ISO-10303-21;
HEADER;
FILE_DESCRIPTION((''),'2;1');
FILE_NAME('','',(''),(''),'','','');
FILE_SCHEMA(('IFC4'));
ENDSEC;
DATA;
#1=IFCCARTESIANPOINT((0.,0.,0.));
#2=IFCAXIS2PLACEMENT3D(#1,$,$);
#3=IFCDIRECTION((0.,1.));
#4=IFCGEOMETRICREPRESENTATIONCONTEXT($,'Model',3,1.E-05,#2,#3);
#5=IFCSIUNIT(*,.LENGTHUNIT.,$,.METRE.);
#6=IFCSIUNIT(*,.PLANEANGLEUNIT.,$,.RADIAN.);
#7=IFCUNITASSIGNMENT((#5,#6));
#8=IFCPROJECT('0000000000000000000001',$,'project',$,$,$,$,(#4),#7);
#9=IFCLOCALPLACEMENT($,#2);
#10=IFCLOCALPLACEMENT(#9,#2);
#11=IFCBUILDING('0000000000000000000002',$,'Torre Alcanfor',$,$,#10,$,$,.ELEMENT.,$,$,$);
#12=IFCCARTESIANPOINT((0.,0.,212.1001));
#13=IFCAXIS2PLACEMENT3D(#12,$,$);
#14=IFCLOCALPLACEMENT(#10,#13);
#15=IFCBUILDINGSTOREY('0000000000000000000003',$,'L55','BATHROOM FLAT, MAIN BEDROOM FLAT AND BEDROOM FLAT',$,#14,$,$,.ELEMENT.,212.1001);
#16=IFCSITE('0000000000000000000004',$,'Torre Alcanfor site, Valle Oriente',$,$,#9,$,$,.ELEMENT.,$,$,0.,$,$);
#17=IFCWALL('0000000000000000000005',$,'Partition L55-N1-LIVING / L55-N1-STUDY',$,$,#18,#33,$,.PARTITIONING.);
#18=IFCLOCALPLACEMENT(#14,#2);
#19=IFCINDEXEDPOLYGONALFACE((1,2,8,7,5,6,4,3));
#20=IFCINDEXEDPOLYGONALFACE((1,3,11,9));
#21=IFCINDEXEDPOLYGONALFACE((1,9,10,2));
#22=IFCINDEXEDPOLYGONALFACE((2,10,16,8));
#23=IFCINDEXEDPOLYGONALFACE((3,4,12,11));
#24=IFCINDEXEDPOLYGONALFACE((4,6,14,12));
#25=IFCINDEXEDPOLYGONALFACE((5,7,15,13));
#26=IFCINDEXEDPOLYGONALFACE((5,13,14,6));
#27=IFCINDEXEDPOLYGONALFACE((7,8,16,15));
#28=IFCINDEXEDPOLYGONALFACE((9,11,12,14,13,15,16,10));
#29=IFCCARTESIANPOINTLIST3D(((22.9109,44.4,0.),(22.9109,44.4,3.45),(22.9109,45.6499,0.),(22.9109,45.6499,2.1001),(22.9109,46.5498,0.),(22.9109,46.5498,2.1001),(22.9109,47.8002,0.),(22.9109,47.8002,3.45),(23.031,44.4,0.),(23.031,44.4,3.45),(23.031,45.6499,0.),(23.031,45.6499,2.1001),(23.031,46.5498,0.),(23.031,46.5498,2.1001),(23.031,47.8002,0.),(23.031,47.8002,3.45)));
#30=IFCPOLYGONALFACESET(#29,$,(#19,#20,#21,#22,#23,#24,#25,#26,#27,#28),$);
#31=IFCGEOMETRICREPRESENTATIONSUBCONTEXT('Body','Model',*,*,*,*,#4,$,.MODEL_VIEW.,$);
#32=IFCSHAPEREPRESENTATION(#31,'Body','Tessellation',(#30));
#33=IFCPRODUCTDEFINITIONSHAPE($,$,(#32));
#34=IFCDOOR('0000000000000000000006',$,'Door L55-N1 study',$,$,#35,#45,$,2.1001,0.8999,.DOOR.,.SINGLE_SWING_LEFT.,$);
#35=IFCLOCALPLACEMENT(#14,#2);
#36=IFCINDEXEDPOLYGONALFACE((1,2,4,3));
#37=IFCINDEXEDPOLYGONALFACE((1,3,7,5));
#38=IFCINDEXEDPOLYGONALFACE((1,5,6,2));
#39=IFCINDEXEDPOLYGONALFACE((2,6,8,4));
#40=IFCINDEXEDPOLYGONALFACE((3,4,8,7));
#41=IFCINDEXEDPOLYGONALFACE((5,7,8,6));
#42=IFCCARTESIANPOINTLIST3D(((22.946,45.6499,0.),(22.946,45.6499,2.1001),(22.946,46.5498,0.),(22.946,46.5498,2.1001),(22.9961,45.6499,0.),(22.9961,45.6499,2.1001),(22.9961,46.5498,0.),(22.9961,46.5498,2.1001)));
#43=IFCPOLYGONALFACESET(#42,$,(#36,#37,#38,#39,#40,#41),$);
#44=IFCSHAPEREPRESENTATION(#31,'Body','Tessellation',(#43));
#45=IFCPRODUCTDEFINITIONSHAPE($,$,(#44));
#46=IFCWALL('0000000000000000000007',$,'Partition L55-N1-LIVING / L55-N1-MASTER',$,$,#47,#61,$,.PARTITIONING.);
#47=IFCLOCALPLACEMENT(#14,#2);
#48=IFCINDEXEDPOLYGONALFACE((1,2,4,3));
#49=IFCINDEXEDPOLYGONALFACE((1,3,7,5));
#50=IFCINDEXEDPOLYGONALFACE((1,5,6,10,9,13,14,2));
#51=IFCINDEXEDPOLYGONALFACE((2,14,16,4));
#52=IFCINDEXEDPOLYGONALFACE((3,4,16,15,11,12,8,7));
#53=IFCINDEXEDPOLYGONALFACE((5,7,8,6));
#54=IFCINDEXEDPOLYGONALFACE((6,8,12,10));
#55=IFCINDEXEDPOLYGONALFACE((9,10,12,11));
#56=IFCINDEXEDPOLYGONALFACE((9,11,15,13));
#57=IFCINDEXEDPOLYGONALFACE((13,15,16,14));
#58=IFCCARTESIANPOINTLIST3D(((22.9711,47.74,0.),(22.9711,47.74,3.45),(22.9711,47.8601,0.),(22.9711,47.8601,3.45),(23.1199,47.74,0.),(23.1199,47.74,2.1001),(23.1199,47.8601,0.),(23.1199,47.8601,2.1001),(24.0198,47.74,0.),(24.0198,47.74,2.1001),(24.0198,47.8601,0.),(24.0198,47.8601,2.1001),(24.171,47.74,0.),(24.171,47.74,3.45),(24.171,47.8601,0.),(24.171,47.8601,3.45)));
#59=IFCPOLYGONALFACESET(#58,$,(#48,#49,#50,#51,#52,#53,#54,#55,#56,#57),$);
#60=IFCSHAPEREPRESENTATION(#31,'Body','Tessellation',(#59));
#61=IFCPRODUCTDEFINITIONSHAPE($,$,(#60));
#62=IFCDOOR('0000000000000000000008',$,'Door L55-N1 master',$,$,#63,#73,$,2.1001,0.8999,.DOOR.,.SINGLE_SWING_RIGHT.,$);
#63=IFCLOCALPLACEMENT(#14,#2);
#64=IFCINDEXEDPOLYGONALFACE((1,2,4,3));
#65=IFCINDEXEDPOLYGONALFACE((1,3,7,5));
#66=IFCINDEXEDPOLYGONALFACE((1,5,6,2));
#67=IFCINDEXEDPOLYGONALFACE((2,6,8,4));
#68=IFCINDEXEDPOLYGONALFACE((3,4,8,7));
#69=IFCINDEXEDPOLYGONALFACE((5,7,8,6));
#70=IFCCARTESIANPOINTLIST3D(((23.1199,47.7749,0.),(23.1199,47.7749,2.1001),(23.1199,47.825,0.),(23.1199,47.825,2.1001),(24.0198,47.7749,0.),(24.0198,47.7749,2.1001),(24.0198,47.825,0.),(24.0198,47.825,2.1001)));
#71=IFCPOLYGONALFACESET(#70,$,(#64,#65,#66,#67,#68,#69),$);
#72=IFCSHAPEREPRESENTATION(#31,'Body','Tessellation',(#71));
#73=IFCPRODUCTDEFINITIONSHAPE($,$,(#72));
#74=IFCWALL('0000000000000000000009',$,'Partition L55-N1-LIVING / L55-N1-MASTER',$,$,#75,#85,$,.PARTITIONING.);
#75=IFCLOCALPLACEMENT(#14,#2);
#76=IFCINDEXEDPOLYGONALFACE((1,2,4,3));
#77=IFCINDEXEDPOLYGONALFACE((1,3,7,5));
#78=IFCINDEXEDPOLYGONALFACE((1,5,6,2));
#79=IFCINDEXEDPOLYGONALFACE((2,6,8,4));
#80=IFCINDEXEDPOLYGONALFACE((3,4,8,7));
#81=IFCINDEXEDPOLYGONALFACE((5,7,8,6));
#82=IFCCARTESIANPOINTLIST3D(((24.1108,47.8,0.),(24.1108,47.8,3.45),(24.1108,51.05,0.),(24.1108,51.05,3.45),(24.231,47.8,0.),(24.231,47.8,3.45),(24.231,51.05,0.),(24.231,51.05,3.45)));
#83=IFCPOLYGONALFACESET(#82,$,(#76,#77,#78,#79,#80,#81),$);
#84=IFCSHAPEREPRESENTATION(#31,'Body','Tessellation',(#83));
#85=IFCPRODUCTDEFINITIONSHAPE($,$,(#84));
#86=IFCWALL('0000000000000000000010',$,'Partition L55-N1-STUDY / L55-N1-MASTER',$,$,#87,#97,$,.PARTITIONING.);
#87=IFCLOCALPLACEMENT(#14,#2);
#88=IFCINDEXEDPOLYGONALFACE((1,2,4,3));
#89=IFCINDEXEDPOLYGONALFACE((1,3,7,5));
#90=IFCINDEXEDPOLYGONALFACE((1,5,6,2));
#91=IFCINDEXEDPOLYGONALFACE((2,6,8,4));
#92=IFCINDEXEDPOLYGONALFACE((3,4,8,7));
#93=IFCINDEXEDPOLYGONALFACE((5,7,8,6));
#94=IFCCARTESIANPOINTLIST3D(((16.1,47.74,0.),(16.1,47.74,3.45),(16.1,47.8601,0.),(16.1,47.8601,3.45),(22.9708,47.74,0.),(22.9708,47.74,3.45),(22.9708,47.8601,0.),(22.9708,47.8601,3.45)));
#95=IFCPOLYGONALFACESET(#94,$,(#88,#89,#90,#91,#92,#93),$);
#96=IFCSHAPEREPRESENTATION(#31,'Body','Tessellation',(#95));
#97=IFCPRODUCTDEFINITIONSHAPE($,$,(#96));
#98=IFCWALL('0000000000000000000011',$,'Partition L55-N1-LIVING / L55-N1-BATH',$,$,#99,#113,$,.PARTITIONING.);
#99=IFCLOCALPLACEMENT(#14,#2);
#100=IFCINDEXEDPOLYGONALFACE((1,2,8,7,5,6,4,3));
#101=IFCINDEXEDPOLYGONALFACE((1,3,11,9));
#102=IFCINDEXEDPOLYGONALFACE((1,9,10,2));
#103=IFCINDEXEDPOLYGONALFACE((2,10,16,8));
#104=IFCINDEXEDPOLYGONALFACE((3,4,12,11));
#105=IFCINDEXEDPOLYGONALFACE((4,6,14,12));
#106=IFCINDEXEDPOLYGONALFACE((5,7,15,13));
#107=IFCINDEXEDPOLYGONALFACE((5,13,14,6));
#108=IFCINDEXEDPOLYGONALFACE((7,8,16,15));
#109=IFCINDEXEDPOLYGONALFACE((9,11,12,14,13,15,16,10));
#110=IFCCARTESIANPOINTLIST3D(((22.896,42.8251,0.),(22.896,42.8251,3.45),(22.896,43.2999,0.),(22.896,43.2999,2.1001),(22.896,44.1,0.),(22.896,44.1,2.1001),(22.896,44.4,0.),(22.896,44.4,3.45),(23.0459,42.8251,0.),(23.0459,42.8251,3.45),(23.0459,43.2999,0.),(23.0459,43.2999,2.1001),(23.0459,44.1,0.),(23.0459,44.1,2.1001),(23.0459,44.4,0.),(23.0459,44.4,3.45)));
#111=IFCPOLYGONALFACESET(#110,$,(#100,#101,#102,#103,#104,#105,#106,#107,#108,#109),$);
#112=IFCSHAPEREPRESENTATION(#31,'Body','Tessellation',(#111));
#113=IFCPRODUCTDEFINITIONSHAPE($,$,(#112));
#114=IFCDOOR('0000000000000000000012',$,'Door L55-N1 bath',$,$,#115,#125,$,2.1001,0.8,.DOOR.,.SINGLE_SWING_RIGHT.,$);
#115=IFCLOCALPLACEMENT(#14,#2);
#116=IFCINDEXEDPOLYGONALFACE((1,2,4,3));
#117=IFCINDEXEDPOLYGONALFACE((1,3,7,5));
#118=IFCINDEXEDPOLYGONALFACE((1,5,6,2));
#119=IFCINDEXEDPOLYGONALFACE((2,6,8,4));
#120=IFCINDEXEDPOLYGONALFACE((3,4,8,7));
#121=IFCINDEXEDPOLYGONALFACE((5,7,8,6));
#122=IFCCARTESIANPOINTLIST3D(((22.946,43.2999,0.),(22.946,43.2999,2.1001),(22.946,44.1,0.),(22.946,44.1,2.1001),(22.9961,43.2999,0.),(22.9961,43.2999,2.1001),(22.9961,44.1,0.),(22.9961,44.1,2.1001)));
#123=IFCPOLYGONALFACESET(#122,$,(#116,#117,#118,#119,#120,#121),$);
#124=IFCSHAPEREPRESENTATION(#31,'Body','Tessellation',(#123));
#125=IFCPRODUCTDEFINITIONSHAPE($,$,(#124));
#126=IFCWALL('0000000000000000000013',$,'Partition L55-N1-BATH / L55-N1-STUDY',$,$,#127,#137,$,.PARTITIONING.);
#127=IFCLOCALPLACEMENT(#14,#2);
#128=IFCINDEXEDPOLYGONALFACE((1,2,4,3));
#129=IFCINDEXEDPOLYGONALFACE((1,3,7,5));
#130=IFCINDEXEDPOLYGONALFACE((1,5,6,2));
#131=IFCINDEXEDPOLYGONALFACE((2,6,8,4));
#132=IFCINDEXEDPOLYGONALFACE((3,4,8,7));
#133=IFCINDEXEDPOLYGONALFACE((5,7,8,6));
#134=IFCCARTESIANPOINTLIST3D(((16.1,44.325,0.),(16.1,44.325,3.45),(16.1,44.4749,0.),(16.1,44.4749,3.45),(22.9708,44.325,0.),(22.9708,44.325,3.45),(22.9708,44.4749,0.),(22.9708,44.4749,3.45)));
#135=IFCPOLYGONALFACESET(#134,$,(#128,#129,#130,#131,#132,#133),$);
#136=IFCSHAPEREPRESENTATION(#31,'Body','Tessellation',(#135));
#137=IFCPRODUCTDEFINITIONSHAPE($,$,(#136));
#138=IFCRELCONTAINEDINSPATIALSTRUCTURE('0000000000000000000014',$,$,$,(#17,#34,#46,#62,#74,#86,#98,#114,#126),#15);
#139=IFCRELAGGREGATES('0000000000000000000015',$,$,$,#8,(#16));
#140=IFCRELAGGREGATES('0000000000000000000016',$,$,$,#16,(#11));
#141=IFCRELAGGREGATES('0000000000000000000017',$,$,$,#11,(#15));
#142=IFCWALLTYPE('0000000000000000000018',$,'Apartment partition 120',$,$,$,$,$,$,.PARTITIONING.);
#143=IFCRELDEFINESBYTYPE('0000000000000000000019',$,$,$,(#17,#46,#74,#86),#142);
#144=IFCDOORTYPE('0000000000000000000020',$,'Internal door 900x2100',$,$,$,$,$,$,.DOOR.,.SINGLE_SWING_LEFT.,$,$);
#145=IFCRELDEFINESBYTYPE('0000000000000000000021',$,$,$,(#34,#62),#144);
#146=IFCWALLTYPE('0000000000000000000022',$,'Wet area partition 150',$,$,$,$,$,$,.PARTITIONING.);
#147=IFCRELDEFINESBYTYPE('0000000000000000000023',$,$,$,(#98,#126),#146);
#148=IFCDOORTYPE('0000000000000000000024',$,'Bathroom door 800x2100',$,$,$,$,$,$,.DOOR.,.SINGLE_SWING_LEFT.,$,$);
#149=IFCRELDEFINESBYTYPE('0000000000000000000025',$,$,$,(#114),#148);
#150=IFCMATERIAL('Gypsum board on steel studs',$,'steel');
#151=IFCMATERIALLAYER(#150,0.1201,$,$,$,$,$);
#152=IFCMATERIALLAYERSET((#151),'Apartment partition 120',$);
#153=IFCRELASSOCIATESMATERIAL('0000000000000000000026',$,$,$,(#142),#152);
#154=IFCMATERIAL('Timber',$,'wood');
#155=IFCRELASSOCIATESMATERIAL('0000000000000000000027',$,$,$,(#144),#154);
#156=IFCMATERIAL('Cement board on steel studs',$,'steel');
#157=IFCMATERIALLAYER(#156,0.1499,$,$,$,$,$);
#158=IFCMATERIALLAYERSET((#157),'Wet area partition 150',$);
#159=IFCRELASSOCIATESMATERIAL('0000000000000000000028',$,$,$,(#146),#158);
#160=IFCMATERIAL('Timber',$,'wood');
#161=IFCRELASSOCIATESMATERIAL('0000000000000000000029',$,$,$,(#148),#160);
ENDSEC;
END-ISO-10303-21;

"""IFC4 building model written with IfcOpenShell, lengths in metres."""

from ifc_helpers import new_model, si_unit, direction, frame, frame_2d, origin, place, context, subcontext, project, spatial, rectangle, extrude, material, layer, layer_set, type_object, element, fill, save


model = new_model("IFC4")

# Units and contexts
model_context = context("Model", 3, precision=1e-05, world=origin(), true_north=direction((0.0, 1.0)))
body_context = subcontext(model_context, "Body", "Model", "MODEL_VIEW")
ifc_project = project(units=[si_unit("LENGTHUNIT", "METRE"), si_unit("PLANEANGLEUNIT", "RADIAN")], contexts=[model_context])

# Site, building, storey
site_placement = place(None, origin())
site = spatial("IfcSite", under=ifc_project, at=site_placement, Name="Torre Alcanfor site, Valle Oriente", CompositionType="ELEMENT", RefElevation=0.0)
building_placement = place(site_placement, origin())
building = spatial("IfcBuilding", under=site, at=building_placement, Name="Torre Alcanfor", CompositionType="ELEMENT")
storey_placement = place(building_placement, frame((0.0, 0.0, 212.1001)))
storey = spatial("IfcBuildingStorey", under=building, at=storey_placement, Name="L55", Description="BATHROOM FLAT, MAIN BEDROOM FLAT AND BEDROOM FLAT", CompositionType="ELEMENT", Elevation=212.1001)

# Shared definitions
ifc_material_1 = material(Name="Gypsum board on steel studs", Category="steel")
ifc_layer_1 = layer(ifc_material_1, 0.1201)
ifc_layer_set_1 = layer_set([ifc_layer_1], Name="Apartment partition 120")
wall_type_1 = type_object("IfcWallType", Name="Apartment partition 120", PredefinedType="PARTITIONING", material=ifc_layer_set_1)
ifc_material_2 = material(Name="Timber", Category="wood")
door_type_1 = type_object("IfcDoorType", Name="Internal door 900x2100", OperationType="SINGLE_SWING_LEFT", PredefinedType="DOOR", material=ifc_material_2)

# Walls, openings, doors
wall_1_placement = place(storey_placement, frame((22.9709, 44.3999, 0.0), z_axis=(0.0, 0.0, 1.0), x_axis=(0.0, 1.0, 0.0)))
wall_1 = element("IfcWall", 1, at=wall_1_placement, inside=storey, type_object=wall_type_1, Name="Partition L55-N1-LIVING / L55-N1-STUDY", PredefinedType="PARTITIONING", context=body_context, shape_type="SweptSolid", body=[
    extrude(rectangle(XDim=3.4001, YDim=0.1201, at=frame_2d((1.7002, 0.0))), origin(), (0.0, 0.0, 1.0), 3.45),
])
opening_1_placement = place(wall_1_placement, frame((1.25, 0.0, 0.0)))
opening_1 = element("IfcOpeningElement", 2, at=opening_1_placement, cuts=wall_1, PredefinedType="OPENING", context=body_context, shape_type="SweptSolid", body=[
    extrude(rectangle(XDim=0.8999, YDim=2.1001, at=frame_2d((0.45, 1.05))), frame((0.0, 0.0701, 0.0), z_axis=(0.0, -1.0, 0.0), x_axis=(1.0, 0.0, 0.0)), (0.0, 0.0, 1.0), 0.1401),
])
door_1_placement = place(opening_1_placement, origin())
door_1 = element("IfcDoor", 3, at=door_1_placement, inside=storey, type_object=door_type_1, Name="Door L55-N1 study", OperationType="SINGLE_SWING_LEFT", OverallHeight=2.1001, OverallWidth=0.8999, PredefinedType="DOOR", context=body_context, shape_type="SweptSolid", body=[
    extrude(rectangle(XDim=0.8999, YDim=2.1001, at=frame_2d((0.45, 1.05))), frame((0.0, 0.0249, 0.0), z_axis=(0.0, -1.0, 0.0), x_axis=(1.0, 0.0, 0.0)), (0.0, 0.0, 1.0), 0.05),
])
fill(opening_1, door_1)
wall_2_placement = place(storey_placement, frame((22.9709, 47.8, 0.0), z_axis=(0.0, 0.0, 1.0), x_axis=(1.0, 0.0, 0.0)))
wall_2 = element("IfcWall", 4, at=wall_2_placement, inside=storey, type_object=wall_type_1, Name="Partition L55-N1-LIVING / L55-N1-MASTER", PredefinedType="PARTITIONING", context=body_context, shape_type="SweptSolid", body=[
    extrude(rectangle(XDim=1.2, YDim=0.1201, at=frame_2d((0.6001, 0.0))), origin(), (0.0, 0.0, 1.0), 3.45),
])
opening_2_placement = place(wall_2_placement, frame((0.1489, 0.0, 0.0)))
opening_2 = element("IfcOpeningElement", 5, at=opening_2_placement, cuts=wall_2, PredefinedType="OPENING", context=body_context, shape_type="SweptSolid", body=[
    extrude(rectangle(XDim=0.8999, YDim=2.1001, at=frame_2d((0.45, 1.05))), frame((0.0, 0.0701, 0.0), z_axis=(0.0, -1.0, 0.0), x_axis=(1.0, 0.0, 0.0)), (0.0, 0.0, 1.0), 0.1401),
])
door_2_placement = place(opening_2_placement, origin())
door_2 = element("IfcDoor", 6, at=door_2_placement, inside=storey, type_object=door_type_1, Name="Door L55-N1 master", OperationType="SINGLE_SWING_RIGHT", OverallHeight=2.1001, OverallWidth=0.8999, PredefinedType="DOOR", context=body_context, shape_type="SweptSolid", body=[
    extrude(rectangle(XDim=0.8999, YDim=2.1001, at=frame_2d((0.45, 1.05))), frame((0.0, 0.0249, 0.0), z_axis=(0.0, -1.0, 0.0), x_axis=(1.0, 0.0, 0.0)), (0.0, 0.0, 1.0), 0.05),
])
fill(opening_2, door_2)

# Walls
wall_3_placement = place(storey_placement, frame((24.1709, 47.8, 0.0), z_axis=(0.0, 0.0, 1.0), x_axis=(0.0, 1.0, 0.0)))
element("IfcWall", 7, at=wall_3_placement, inside=storey, type_object=wall_type_1, Name="Partition L55-N1-LIVING / L55-N1-MASTER", PredefinedType="PARTITIONING", context=body_context, shape_type="SweptSolid", body=[
    extrude(rectangle(XDim=3.25, YDim=0.1201, at=frame_2d((1.625, 0.0))), origin(), (0.0, 0.0, 1.0), 3.45),
])
wall_4_placement = place(storey_placement, frame((22.9709, 47.8, 0.0), z_axis=(0.0, 0.0, 1.0), x_axis=(-1.0, 0.0, 0.0)))
element("IfcWall", 8, at=wall_4_placement, inside=storey, type_object=wall_type_1, Name="Partition L55-N1-STUDY / L55-N1-MASTER", PredefinedType="PARTITIONING", context=body_context, shape_type="SweptSolid", body=[
    extrude(rectangle(XDim=6.8708, YDim=0.1201, at=frame_2d((3.4355, 0.0))), origin(), (0.0, 0.0, 1.0), 3.45),
])

# Wall, opening, door
ifc_material_3 = material(Name="Cement board on steel studs", Category="steel")
ifc_layer_2 = layer(ifc_material_3, 0.1499)
ifc_layer_set_2 = layer_set([ifc_layer_2], Name="Wet area partition 150")
wall_type_2 = type_object("IfcWallType", Name="Wet area partition 150", PredefinedType="PARTITIONING", material=ifc_layer_set_2)
wall_5_placement = place(storey_placement, frame((22.9709, 42.825, 0.0), z_axis=(0.0, 0.0, 1.0), x_axis=(0.0, 1.0, 0.0)))
wall_5 = element("IfcWall", 9, at=wall_5_placement, inside=storey, type_object=wall_type_2, Name="Partition L55-N1-LIVING / L55-N1-BATH", PredefinedType="PARTITIONING", context=body_context, shape_type="SweptSolid", body=[
    extrude(rectangle(XDim=1.575, YDim=0.1499, at=frame_2d((0.7876, 0.0))), origin(), (0.0, 0.0, 1.0), 3.45),
])
opening_3_placement = place(wall_5_placement, frame((0.4751, 0.0, 0.0)))
opening_3 = element("IfcOpeningElement", 10, at=opening_3_placement, cuts=wall_5, PredefinedType="OPENING", context=body_context, shape_type="SweptSolid", body=[
    extrude(rectangle(XDim=0.8, YDim=2.1001, at=frame_2d((0.3999, 1.05))), frame((0.0, 0.085, 0.0), z_axis=(0.0, -1.0, 0.0), x_axis=(1.0, 0.0, 0.0)), (0.0, 0.0, 1.0), 0.1699),
])
ifc_material_4 = material(Name="Timber", Category="wood")
door_type_2 = type_object("IfcDoorType", Name="Bathroom door 800x2100", OperationType="SINGLE_SWING_LEFT", PredefinedType="DOOR", material=ifc_material_4)
door_3_placement = place(opening_3_placement, origin())
door_3 = element("IfcDoor", 11, at=door_3_placement, inside=storey, type_object=door_type_2, Name="Door L55-N1 bath", OperationType="SINGLE_SWING_RIGHT", OverallHeight=2.1001, OverallWidth=0.8, PredefinedType="DOOR", context=body_context, shape_type="SweptSolid", body=[
    extrude(rectangle(XDim=0.8, YDim=2.1001, at=frame_2d((0.3999, 1.05))), frame((0.0, 0.0249, 0.0), z_axis=(0.0, -1.0, 0.0), x_axis=(1.0, 0.0, 0.0)), (0.0, 0.0, 1.0), 0.05),
])
fill(opening_3, door_3)

# Wall
wall_6_placement = place(storey_placement, frame((22.9709, 44.3999, 0.0), z_axis=(0.0, 0.0, 1.0), x_axis=(-1.0, 0.0, 0.0)))
element("IfcWall", 12, at=wall_6_placement, inside=storey, type_object=wall_type_2, Name="Partition L55-N1-BATH / L55-N1-STUDY", PredefinedType="PARTITIONING", context=body_context, shape_type="SweptSolid", body=[
    extrude(rectangle(XDim=6.8708, YDim=0.1499, at=frame_2d((3.4355, 0.0))), origin(), (0.0, 0.0, 1.0), 3.45),
])

save(model, "model.ifc")
